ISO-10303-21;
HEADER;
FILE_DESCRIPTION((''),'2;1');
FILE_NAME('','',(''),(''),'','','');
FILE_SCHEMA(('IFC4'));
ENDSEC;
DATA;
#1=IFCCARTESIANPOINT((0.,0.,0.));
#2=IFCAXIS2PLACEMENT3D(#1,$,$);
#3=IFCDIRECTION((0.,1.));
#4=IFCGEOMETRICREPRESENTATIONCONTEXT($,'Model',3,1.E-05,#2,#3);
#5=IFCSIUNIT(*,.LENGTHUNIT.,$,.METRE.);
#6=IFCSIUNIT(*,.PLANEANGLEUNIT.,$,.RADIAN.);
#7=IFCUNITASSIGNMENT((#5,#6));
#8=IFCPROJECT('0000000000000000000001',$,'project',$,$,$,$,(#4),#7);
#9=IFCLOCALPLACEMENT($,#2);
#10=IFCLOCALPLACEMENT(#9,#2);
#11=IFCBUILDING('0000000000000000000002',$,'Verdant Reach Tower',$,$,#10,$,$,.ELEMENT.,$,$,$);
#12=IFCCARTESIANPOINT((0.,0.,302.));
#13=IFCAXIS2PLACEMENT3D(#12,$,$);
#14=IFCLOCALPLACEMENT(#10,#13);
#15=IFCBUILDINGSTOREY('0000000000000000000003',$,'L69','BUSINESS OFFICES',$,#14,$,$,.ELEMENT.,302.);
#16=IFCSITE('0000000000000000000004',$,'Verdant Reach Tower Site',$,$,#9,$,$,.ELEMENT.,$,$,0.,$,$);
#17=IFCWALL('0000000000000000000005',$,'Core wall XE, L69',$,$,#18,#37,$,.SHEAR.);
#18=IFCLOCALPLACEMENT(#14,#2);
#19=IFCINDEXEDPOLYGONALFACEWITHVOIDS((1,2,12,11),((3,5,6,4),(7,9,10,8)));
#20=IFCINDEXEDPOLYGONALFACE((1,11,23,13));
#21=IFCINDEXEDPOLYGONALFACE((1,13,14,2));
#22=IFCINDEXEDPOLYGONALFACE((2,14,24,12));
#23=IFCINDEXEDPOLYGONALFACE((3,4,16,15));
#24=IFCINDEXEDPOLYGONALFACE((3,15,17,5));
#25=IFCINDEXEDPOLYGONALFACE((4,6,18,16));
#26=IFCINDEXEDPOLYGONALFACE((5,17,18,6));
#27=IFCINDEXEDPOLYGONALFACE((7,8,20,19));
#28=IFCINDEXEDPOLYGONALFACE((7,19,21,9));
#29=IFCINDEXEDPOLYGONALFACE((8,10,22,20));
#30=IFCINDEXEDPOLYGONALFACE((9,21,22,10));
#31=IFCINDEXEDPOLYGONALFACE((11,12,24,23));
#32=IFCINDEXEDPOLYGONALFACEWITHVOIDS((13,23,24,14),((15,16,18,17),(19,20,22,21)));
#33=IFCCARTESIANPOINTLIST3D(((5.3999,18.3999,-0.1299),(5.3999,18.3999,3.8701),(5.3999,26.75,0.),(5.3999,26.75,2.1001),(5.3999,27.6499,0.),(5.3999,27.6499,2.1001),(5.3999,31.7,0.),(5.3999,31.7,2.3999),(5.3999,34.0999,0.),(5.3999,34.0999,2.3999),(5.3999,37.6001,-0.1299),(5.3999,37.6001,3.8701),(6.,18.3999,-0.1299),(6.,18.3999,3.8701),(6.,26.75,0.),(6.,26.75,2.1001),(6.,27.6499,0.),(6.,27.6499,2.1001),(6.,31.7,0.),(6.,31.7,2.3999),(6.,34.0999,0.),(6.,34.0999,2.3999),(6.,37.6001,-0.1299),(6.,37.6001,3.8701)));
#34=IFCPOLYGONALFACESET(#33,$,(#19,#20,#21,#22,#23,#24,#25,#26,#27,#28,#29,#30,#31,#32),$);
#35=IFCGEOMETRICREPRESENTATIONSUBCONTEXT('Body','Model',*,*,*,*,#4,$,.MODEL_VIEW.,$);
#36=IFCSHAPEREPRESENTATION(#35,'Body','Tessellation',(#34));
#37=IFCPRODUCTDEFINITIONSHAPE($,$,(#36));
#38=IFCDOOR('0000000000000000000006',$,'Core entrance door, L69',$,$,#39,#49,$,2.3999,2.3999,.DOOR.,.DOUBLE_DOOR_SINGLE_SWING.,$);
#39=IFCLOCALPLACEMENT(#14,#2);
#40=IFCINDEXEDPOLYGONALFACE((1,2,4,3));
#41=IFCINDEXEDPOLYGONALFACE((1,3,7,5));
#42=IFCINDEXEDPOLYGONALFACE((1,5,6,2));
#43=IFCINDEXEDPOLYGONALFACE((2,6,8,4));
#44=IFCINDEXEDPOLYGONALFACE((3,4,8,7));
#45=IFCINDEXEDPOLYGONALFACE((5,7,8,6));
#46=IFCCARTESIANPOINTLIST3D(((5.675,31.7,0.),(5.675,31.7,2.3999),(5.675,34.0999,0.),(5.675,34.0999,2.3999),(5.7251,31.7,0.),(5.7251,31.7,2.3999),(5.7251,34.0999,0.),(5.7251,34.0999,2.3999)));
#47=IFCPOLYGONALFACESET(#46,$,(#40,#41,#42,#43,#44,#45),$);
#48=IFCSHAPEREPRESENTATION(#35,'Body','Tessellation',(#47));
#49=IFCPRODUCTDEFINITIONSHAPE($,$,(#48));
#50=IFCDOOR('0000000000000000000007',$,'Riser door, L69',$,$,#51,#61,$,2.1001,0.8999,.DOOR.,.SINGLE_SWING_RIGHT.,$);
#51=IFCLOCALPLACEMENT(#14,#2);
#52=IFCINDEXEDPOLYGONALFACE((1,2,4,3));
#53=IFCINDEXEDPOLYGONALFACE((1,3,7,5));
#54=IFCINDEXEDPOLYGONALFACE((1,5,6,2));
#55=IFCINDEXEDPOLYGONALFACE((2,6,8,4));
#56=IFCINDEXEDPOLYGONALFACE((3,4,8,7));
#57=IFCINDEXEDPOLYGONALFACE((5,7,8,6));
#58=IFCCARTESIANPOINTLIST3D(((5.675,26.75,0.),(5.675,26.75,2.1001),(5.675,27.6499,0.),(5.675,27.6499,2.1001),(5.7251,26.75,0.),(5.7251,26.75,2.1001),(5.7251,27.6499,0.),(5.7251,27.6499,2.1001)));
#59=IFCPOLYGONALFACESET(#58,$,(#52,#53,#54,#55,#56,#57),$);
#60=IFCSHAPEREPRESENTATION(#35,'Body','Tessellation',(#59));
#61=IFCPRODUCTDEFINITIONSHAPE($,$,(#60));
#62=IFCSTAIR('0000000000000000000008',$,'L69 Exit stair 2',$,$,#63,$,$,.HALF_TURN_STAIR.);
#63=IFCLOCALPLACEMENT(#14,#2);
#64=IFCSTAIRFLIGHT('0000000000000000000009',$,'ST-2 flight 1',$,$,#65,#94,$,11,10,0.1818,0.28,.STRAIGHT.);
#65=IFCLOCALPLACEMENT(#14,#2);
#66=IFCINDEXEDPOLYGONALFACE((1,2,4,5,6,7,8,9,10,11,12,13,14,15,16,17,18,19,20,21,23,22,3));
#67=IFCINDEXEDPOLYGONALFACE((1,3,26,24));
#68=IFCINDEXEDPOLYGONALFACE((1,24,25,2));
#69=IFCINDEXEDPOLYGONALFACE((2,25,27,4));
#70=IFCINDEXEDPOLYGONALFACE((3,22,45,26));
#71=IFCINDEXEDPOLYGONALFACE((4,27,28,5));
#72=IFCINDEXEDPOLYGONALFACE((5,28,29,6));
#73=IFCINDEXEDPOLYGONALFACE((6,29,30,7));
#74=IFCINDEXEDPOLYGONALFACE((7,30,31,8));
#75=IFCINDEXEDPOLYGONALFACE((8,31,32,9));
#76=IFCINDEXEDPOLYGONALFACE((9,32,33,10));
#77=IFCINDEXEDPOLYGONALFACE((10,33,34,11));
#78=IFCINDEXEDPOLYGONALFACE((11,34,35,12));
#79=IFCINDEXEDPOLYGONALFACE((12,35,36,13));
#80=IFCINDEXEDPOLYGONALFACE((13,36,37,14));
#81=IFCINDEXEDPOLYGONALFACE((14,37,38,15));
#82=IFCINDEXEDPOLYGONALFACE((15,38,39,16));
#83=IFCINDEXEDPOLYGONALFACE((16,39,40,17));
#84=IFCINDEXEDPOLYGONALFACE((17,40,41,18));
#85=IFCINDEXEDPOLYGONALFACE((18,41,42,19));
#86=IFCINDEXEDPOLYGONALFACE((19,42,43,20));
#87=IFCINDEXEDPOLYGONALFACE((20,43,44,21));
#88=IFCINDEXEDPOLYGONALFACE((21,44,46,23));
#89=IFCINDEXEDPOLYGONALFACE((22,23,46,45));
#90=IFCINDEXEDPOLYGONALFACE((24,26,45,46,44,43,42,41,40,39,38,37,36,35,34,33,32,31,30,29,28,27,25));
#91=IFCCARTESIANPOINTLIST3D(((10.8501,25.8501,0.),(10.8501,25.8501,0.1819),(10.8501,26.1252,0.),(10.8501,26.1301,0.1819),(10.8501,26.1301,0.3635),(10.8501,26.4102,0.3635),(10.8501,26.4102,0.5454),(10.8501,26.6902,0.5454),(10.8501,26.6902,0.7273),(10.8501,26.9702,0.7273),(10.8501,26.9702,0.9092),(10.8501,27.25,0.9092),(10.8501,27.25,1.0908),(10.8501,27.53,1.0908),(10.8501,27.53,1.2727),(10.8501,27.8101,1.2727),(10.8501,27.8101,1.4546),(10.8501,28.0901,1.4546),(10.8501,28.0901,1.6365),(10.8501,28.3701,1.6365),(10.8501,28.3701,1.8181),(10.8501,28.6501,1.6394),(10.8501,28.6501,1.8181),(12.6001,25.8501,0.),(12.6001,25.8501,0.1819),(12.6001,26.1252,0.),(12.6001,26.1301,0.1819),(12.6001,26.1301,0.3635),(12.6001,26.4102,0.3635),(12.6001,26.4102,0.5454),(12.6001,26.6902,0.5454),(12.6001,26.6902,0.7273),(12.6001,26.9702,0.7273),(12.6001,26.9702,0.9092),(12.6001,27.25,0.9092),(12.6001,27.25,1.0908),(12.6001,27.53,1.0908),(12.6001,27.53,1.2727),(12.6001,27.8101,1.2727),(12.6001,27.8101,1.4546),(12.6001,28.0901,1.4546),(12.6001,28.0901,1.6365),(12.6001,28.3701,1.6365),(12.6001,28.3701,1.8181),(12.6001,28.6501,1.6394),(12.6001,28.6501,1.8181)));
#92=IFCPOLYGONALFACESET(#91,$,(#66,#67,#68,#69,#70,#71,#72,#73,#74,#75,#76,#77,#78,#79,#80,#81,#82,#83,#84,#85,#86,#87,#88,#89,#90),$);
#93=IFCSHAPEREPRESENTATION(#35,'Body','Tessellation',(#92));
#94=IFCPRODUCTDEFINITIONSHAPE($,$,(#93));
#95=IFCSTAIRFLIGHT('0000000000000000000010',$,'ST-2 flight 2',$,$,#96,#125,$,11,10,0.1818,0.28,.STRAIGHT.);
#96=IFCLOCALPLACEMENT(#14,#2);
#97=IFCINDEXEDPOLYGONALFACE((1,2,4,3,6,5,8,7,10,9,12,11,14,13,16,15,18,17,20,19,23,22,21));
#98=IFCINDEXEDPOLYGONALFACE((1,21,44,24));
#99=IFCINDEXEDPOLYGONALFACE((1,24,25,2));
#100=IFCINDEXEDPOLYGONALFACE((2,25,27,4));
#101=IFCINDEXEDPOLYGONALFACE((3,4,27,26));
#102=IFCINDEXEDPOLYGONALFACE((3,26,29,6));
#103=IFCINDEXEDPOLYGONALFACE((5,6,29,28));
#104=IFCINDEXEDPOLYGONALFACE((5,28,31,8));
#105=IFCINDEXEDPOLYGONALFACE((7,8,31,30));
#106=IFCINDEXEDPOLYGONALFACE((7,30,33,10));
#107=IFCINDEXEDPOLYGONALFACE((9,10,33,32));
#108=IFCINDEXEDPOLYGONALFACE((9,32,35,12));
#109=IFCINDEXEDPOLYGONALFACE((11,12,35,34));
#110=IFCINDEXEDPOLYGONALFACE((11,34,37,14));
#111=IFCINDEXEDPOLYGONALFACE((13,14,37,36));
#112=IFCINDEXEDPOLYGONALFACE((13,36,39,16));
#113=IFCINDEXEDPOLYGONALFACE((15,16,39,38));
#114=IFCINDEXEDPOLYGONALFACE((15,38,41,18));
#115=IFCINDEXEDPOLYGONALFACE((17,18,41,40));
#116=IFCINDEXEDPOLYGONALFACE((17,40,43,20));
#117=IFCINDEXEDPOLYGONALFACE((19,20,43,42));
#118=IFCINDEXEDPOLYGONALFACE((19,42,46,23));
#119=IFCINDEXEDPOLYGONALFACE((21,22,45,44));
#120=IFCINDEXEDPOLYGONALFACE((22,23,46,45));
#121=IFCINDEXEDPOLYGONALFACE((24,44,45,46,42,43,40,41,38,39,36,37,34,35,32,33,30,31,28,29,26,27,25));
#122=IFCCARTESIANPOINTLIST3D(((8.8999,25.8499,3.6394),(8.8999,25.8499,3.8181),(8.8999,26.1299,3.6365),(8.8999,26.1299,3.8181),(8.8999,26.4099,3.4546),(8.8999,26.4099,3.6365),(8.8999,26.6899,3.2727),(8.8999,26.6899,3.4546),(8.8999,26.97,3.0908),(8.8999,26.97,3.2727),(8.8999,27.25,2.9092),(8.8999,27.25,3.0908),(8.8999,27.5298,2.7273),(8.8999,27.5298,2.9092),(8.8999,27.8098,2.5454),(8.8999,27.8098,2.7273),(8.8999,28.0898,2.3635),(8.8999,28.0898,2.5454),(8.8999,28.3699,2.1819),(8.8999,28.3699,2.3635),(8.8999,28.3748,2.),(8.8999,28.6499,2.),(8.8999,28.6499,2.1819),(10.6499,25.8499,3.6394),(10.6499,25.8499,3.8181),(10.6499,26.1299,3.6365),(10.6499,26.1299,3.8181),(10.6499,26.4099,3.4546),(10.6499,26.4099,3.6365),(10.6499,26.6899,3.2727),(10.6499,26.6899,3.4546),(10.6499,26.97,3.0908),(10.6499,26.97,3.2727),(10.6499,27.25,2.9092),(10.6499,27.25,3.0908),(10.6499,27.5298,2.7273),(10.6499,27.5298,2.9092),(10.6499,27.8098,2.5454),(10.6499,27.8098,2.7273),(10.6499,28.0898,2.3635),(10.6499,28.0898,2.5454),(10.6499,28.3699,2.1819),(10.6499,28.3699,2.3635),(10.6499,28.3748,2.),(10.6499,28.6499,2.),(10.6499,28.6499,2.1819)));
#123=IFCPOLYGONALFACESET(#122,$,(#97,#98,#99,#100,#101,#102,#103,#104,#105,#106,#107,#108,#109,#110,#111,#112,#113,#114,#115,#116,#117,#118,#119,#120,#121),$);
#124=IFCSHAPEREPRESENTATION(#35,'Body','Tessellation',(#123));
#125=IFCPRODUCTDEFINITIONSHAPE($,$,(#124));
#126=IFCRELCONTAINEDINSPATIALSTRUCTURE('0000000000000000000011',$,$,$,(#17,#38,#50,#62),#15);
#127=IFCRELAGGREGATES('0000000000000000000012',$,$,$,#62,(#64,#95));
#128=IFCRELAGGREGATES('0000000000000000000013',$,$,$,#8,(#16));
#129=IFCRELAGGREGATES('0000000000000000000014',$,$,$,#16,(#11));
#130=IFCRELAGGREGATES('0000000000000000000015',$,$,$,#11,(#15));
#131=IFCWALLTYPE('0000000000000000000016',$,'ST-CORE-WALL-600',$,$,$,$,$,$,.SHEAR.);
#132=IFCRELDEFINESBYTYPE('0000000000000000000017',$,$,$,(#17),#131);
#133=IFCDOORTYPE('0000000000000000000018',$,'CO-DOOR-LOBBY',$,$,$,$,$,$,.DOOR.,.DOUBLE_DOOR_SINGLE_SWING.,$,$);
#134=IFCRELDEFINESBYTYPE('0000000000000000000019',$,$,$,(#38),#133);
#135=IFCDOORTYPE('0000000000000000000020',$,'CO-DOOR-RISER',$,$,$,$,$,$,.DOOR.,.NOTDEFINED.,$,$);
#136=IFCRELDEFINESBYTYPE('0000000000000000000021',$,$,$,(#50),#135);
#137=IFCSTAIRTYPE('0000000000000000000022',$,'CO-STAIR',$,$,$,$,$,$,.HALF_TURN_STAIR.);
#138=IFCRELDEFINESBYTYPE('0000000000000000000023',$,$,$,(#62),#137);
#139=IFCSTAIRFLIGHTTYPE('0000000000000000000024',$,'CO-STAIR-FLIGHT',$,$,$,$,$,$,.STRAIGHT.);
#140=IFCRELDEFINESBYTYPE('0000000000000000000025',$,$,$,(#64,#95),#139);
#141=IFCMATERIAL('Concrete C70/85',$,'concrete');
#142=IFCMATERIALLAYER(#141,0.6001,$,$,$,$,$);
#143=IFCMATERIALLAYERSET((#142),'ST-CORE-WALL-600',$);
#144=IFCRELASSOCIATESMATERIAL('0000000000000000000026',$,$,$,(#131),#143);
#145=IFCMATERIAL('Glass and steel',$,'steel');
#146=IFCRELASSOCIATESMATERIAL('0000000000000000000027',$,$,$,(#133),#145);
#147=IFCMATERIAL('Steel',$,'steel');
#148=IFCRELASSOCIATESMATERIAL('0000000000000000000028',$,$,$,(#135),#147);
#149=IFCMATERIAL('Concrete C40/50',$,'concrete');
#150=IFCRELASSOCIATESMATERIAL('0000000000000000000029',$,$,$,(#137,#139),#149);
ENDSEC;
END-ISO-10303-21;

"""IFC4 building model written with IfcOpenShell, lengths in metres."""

from ifc_helpers import new_model, si_unit, direction, frame, frame_2d, origin, place, context, subcontext, project, spatial, polyline, rectangle, outline, extrude, material, layer, layer_set, type_object, element, fill, aggregate, save


model = new_model("IFC4")

# Units and contexts
model_context = context("Model", 3, precision=1e-05, world=origin(), true_north=direction((0.0, 1.0)))
body_context = subcontext(model_context, "Body", "Model", "MODEL_VIEW")
ifc_project = project(units=[si_unit("LENGTHUNIT", "METRE"), si_unit("PLANEANGLEUNIT", "RADIAN")], contexts=[model_context])

# Site, building, storey
site_placement = place(None, origin())
site = spatial("IfcSite", under=ifc_project, at=site_placement, Name="Verdant Reach Tower Site", CompositionType="ELEMENT", RefElevation=0.0)
building_placement = place(site_placement, origin())
building = spatial("IfcBuilding", under=site, at=building_placement, Name="Verdant Reach Tower", CompositionType="ELEMENT")
storey_placement = place(building_placement, frame((0.0, 0.0, 302.0)))
storey = spatial("IfcBuildingStorey", under=building, at=storey_placement, Name="L69", Description="BUSINESS OFFICES", CompositionType="ELEMENT", Elevation=302.0)

# Shared definitions
ifc_material_1 = material(Name="Concrete C40/50", Category="concrete")

# Shared definitions
ifc_material_2 = material(Name="Steel", Category="steel")

# Wall, openings, doors
ifc_material_3 = material(Name="Concrete C70/85", Category="concrete")
ifc_layer_1 = layer(ifc_material_3, 0.6001)
ifc_layer_set_1 = layer_set([ifc_layer_1], Name="ST-CORE-WALL-600")
wall_type_1 = type_object("IfcWallType", Name="ST-CORE-WALL-600", PredefinedType="SHEAR", material=ifc_layer_set_1)
ifc_material_4 = material(Name="Glass and steel", Category="steel")
door_type_1 = type_object("IfcDoorType", Name="CO-DOOR-LOBBY", OperationType="DOUBLE_DOOR_SINGLE_SWING", PredefinedType="DOOR", material=ifc_material_4)
wall_1_placement = place(storey_placement, frame((5.7, 18.3999, -0.1299), z_axis=(0.0, 0.0, 1.0), x_axis=(0.0, 1.0, 0.0)))
wall_1 = element("IfcWall", 1, at=wall_1_placement, inside=storey, type_object=wall_type_1, Name="Core wall XE, L69", PredefinedType="SHEAR", context=body_context, shape_type="SweptSolid", body=[
    extrude(rectangle(XDim=19.2002, YDim=0.6001, at=frame_2d((9.6001, 0.0))), origin(), (0.0, 0.0, 1.0), 4.0),
])
opening_1_placement = place(wall_1_placement, frame((8.3501, 0.0, 0.1299)))
opening_1 = element("IfcOpeningElement", 2, at=opening_1_placement, cuts=wall_1, PredefinedType="OPENING", context=body_context, shape_type="SweptSolid", body=[
    extrude(rectangle(XDim=0.8999, YDim=2.1001, at=frame_2d((0.45, 1.05))), frame((0.0, 0.3101, 0.0), z_axis=(0.0, -1.0, 0.0), x_axis=(1.0, 0.0, 0.0)), (0.0, 0.0, 1.0), 0.6201),
])
opening_2_placement = place(wall_1_placement, frame((13.3, 0.0, 0.1299)))
opening_2 = element("IfcOpeningElement", 3, at=opening_2_placement, cuts=wall_1, PredefinedType="OPENING", context=body_context, shape_type="SweptSolid", body=[
    extrude(rectangle(XDim=2.3999, YDim=2.3999, at=frame_2d((1.2, 1.2))), frame((0.0, 0.3101, 0.0), z_axis=(0.0, -1.0, 0.0), x_axis=(1.0, 0.0, 0.0)), (0.0, 0.0, 1.0), 0.6201),
])
door_1_placement = place(opening_2_placement, origin())
door_1 = element("IfcDoor", 4, at=door_1_placement, inside=storey, type_object=door_type_1, Name="Core entrance door, L69", OperationType="DOUBLE_DOOR_SINGLE_SWING", OverallHeight=2.3999, OverallWidth=2.3999, PredefinedType="DOOR", context=body_context, shape_type="SweptSolid", body=[
    extrude(rectangle(XDim=2.3999, YDim=2.3999, at=frame_2d((1.2, 1.2))), frame((0.0, 0.0249, 0.0), z_axis=(0.0, -1.0, 0.0), x_axis=(1.0, 0.0, 0.0)), (0.0, 0.0, 1.0), 0.05),
])
fill(opening_2, door_1)
door_type_2 = type_object("IfcDoorType", Name="CO-DOOR-RISER", OperationType="NOTDEFINED", PredefinedType="DOOR", material=ifc_material_2)
door_2_placement = place(opening_1_placement, origin())
door_2 = element("IfcDoor", 5, at=door_2_placement, inside=storey, type_object=door_type_2, Name="Riser door, L69", OperationType="SINGLE_SWING_RIGHT", OverallHeight=2.1001, OverallWidth=0.8999, PredefinedType="DOOR", context=body_context, shape_type="SweptSolid", body=[
    extrude(rectangle(XDim=0.8999, YDim=2.1001, at=frame_2d((0.45, 1.05))), frame((0.0, 0.0249, 0.0), z_axis=(0.0, -1.0, 0.0), x_axis=(1.0, 0.0, 0.0)), (0.0, 0.0, 1.0), 0.05),
])
fill(opening_1, door_2)

# Stair, stair flights
stair_type = type_object("IfcStairType", Name="CO-STAIR", PredefinedType="HALF_TURN_STAIR", material=ifc_material_1)
stair_placement = place(storey_placement, origin())
stair = element("IfcStair", 6, at=stair_placement, inside=storey, type_object=stair_type, Name="L69 Exit stair 2", PredefinedType="HALF_TURN_STAIR")
stair_flight_type = type_object("IfcStairFlightType", Name="CO-STAIR-FLIGHT", PredefinedType="STRAIGHT", material=ifc_material_1)
stair_flight_1_placement = place(storey_placement, frame((11.7251, 25.8501, 0.0), z_axis=(0.0, 0.0, 1.0), x_axis=(0.0, 1.0, 0.0)))
stair_flight_1 = element("IfcStairFlight", 7, at=stair_flight_1_placement, type_object=stair_flight_type, Name="ST-2 flight 1", NumberOfRisers=11, NumberOfTreads=10, PredefinedType="STRAIGHT", RiserHeight=0.1818, TreadLength=0.28, context=body_context, shape_type="SweptSolid", body=[
    extrude(outline(polyline([(0.0, 0.0), (0.0, 0.1819), (0.28, 0.1819), (0.28, 0.3635), (0.5601, 0.3635), (0.5601, 0.5454), (0.8401, 0.5454), (0.8401, 0.7273), (1.1201, 0.7273), (1.1201, 0.9092), (1.3999, 0.9092), (1.3999, 1.0908), (1.6799, 1.0908), (1.6799, 1.2727), (1.96, 1.2727), (1.96, 1.4546), (2.24, 1.4546), (2.24, 1.6365), (2.52, 1.6365), (2.52, 1.8181), (2.8, 1.8181), (2.8, 2.0), (2.8, 1.6394), (0.2751, 0.0), (0.0, 0.0)])), frame((0.0, 0.875, 0.0), z_axis=(0.0, -1.0, 0.0), x_axis=(1.0, 0.0, 0.0)), (0.0, 0.0, 1.0), 1.75),
])
stair_flight_2_placement = place(storey_placement, frame((9.7749, 28.6499, 2.0), z_axis=(0.0, 0.0, 1.0), x_axis=(0.0, -1.0, 0.0)))
stair_flight_2 = element("IfcStairFlight", 8, at=stair_flight_2_placement, type_object=stair_flight_type, Name="ST-2 flight 2", NumberOfRisers=11, NumberOfTreads=10, PredefinedType="STRAIGHT", RiserHeight=0.1818, TreadLength=0.28, context=body_context, shape_type="SweptSolid", body=[
    extrude(outline(polyline([(0.0, 0.0), (0.0, 0.1819), (0.28, 0.1819), (0.28, 0.3635), (0.5601, 0.3635), (0.5601, 0.5454), (0.8401, 0.5454), (0.8401, 0.7273), (1.1201, 0.7273), (1.1201, 0.9092), (1.3999, 0.9092), (1.3999, 1.0908), (1.6799, 1.0908), (1.6799, 1.2727), (1.96, 1.2727), (1.96, 1.4546), (2.24, 1.4546), (2.24, 1.6365), (2.52, 1.6365), (2.52, 1.8181), (2.8, 1.8181), (2.8, 2.0), (2.8, 1.6394), (0.2751, 0.0), (0.0, 0.0)])), frame((0.0, 0.875, 0.0), z_axis=(0.0, -1.0, 0.0), x_axis=(1.0, 0.0, 0.0)), (0.0, 0.0, 1.0), 1.75),
])
aggregate(stair, [stair_flight_1, stair_flight_2])

save(model, "model.ifc")
